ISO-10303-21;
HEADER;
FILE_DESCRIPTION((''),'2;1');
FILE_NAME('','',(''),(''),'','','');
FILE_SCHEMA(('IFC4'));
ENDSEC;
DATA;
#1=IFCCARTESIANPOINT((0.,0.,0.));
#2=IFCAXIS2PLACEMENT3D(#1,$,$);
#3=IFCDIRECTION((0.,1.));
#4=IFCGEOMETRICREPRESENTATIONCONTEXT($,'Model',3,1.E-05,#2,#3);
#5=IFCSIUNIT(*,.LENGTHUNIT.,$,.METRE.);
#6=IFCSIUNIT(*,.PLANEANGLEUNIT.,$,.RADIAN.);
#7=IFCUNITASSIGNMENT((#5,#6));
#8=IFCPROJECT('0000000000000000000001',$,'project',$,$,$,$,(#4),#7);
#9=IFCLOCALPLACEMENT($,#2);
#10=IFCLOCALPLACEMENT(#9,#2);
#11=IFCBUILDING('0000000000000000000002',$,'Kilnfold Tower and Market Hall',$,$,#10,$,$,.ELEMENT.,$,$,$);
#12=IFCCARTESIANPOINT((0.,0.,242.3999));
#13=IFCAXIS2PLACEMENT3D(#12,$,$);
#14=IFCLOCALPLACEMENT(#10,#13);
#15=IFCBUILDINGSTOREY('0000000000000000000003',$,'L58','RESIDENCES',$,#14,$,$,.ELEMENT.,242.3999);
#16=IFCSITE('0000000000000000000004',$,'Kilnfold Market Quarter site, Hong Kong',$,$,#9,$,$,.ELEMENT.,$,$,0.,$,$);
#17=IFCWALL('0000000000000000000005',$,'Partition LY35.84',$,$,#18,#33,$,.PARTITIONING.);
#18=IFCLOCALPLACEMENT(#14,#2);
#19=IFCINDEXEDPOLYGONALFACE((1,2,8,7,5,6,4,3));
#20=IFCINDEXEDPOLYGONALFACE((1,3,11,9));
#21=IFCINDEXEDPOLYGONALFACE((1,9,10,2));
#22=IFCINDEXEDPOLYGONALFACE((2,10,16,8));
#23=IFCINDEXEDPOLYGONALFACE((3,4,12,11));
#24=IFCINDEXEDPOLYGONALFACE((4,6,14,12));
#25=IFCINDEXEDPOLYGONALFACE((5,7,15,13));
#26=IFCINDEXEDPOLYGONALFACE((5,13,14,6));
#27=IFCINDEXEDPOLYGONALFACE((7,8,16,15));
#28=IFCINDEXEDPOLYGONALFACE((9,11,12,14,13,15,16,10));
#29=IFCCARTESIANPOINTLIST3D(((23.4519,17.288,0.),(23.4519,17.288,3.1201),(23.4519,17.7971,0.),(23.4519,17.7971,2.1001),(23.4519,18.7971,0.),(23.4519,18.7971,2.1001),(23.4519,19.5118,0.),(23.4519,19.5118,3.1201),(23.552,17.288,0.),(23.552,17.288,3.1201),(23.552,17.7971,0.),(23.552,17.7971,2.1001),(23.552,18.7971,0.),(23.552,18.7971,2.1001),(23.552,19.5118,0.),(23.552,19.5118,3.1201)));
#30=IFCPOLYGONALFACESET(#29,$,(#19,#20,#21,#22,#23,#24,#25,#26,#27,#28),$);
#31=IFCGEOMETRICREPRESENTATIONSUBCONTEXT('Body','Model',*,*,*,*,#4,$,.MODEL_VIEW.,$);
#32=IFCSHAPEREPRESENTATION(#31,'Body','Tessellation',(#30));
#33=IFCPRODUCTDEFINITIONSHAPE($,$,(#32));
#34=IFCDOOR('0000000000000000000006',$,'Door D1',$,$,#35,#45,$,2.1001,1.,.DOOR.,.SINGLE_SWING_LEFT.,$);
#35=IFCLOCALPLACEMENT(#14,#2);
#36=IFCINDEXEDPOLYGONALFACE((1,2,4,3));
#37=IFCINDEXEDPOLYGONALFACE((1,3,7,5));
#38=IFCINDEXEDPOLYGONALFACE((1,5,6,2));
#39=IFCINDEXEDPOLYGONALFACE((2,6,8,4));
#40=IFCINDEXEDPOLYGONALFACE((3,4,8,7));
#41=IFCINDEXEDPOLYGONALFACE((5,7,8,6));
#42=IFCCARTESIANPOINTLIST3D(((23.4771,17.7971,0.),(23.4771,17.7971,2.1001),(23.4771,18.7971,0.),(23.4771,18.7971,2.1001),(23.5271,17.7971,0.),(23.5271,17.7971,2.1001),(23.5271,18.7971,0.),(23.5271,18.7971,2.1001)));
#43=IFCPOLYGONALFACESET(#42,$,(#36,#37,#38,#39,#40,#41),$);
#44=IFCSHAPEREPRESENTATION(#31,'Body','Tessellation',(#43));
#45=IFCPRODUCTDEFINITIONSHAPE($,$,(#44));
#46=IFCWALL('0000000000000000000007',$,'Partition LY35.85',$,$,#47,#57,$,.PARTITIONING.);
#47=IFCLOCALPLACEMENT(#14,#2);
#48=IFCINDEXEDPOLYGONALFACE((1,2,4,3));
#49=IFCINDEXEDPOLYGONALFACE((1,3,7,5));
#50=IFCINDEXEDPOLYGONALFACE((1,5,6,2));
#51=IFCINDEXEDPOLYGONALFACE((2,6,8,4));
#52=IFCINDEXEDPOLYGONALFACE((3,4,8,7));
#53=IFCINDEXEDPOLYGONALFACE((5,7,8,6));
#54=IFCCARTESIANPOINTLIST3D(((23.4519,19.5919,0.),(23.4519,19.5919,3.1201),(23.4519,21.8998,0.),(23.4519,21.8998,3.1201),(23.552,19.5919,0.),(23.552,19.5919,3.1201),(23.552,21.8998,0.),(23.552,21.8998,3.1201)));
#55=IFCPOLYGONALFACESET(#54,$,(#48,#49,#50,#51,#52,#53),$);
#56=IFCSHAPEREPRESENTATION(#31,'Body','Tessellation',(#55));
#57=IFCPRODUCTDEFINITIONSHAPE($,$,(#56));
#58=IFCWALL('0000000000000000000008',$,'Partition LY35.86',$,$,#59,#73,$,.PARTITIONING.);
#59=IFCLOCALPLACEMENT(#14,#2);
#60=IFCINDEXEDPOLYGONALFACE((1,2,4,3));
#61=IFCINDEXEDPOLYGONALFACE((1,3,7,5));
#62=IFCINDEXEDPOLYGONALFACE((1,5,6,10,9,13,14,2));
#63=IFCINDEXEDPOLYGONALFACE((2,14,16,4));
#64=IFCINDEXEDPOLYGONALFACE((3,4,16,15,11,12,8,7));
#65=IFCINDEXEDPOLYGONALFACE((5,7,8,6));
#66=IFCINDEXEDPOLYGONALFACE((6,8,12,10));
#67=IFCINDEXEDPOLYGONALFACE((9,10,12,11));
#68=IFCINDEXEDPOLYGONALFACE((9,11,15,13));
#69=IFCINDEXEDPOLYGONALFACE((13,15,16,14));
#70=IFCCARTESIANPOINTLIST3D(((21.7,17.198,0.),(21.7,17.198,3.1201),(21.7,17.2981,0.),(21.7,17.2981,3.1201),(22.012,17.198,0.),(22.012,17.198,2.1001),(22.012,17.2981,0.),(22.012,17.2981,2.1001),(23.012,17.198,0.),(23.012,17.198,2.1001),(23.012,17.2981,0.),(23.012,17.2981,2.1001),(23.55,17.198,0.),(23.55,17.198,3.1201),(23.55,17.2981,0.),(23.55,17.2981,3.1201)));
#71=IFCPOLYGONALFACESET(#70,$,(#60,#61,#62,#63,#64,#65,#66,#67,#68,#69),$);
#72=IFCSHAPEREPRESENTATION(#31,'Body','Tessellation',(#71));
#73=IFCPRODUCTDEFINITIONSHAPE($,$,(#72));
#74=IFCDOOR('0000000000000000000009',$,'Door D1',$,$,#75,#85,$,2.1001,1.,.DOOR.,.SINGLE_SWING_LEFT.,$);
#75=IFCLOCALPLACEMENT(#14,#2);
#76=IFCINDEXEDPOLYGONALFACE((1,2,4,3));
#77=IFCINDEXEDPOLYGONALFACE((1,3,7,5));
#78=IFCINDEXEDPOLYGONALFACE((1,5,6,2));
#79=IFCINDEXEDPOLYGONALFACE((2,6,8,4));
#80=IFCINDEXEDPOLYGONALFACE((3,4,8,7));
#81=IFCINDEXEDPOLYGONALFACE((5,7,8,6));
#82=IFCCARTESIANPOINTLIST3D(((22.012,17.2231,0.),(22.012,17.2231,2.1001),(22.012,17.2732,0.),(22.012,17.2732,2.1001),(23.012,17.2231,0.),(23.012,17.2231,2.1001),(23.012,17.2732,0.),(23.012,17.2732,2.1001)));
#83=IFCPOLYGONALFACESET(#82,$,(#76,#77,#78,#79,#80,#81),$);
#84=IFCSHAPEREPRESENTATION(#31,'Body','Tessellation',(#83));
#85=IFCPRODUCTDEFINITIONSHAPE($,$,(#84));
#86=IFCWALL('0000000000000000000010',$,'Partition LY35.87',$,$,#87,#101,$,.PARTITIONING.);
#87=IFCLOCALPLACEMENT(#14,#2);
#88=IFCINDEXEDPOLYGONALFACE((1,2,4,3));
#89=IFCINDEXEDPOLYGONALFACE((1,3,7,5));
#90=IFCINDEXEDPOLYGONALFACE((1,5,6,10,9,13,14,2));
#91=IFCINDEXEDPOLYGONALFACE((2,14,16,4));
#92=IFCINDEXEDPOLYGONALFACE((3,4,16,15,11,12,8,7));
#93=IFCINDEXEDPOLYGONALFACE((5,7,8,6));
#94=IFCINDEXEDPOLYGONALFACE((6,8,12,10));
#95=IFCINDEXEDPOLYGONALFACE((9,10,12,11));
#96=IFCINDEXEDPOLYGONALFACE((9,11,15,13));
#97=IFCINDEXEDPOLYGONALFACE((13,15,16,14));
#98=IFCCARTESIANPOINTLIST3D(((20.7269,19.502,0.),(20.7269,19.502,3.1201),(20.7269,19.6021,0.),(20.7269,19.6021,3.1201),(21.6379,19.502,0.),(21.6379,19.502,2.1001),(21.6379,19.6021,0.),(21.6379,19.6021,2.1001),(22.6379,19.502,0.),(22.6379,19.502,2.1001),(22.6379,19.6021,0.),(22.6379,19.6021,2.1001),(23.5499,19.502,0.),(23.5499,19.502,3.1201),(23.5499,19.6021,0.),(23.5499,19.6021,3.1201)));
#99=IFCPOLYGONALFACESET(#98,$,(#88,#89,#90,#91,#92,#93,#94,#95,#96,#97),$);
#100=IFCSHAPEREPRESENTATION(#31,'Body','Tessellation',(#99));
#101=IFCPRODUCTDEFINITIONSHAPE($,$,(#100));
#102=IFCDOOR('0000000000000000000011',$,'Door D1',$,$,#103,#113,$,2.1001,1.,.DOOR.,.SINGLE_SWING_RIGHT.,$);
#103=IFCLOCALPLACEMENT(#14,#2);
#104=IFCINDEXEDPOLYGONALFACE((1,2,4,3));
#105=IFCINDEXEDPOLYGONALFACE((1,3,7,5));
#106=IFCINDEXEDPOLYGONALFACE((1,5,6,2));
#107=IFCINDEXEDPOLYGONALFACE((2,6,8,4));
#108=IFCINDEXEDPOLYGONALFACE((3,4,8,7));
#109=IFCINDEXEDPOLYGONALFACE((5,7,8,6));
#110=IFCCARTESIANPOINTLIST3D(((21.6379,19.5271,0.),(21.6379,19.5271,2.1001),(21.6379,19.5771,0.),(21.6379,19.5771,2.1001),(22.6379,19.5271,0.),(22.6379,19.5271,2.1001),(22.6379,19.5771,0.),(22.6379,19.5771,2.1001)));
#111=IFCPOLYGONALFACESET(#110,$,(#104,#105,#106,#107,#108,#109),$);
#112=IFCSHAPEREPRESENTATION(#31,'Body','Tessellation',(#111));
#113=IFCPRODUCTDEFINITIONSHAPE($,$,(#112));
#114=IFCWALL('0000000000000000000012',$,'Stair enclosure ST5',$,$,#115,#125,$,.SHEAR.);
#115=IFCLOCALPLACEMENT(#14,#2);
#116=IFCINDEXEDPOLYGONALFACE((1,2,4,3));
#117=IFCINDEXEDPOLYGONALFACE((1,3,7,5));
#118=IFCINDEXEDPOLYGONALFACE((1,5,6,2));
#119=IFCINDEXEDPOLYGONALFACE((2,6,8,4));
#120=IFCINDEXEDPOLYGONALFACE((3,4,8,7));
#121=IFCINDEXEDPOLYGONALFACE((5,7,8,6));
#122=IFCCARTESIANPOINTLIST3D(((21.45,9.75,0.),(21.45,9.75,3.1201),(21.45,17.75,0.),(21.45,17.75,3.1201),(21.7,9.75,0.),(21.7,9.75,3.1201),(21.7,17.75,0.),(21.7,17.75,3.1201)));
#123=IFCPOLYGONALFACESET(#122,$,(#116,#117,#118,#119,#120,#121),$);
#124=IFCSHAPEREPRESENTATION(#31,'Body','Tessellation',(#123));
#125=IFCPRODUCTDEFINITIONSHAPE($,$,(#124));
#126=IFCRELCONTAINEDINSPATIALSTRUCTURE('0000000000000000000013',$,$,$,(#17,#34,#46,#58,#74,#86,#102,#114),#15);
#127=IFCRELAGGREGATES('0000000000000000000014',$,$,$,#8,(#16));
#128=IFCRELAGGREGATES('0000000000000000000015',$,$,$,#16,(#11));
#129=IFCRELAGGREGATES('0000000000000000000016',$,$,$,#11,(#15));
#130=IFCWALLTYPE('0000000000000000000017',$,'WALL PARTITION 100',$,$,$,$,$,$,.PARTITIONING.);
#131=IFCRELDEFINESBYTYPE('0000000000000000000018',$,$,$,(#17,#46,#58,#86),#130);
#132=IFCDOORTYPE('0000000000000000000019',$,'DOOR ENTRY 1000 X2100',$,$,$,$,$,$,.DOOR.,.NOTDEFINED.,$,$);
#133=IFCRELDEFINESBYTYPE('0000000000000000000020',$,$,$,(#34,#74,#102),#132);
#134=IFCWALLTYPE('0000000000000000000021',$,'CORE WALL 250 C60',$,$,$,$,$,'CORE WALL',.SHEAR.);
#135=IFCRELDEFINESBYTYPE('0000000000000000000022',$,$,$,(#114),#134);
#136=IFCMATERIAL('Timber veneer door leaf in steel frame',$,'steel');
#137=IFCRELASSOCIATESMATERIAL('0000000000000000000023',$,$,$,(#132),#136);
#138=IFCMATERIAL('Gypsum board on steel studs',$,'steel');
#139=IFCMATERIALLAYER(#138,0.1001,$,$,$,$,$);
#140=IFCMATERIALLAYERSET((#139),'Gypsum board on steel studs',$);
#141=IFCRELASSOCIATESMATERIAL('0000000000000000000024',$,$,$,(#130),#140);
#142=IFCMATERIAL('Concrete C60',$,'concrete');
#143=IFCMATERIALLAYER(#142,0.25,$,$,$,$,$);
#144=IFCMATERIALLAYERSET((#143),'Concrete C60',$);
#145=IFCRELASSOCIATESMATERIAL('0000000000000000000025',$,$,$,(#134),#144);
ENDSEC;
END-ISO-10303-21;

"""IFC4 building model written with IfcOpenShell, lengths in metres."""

from ifc_helpers import new_model, si_unit, direction, frame, frame_2d, origin, place, context, subcontext, project, spatial, rectangle, extrude, source, transform, mapped, material, layer, layer_set, type_object, element, fill, save


model = new_model("IFC4")

# Units and contexts
model_context = context("Model", 3, precision=1e-05, world=origin(), true_north=direction((0.0, 1.0)))
body_context = subcontext(model_context, "Body", "Model", "MODEL_VIEW")
ifc_project = project(units=[si_unit("LENGTHUNIT", "METRE"), si_unit("PLANEANGLEUNIT", "RADIAN")], contexts=[model_context])

# Site, building, storey
site_placement = place(None, origin())
site = spatial("IfcSite", under=ifc_project, at=site_placement, Name="Kilnfold Market Quarter site, Hong Kong", CompositionType="ELEMENT", RefElevation=0.0)
building_placement = place(site_placement, origin())
building = spatial("IfcBuilding", under=site, at=building_placement, Name="Kilnfold Tower and Market Hall", CompositionType="ELEMENT")
storey_placement = place(building_placement, frame((0.0, 0.0, 242.3999)))
storey = spatial("IfcBuildingStorey", under=building, at=storey_placement, Name="L58", Description="RESIDENCES", CompositionType="ELEMENT", Elevation=242.3999)

# Shared definitions
ifc_material_1 = material(Name="Timber veneer door leaf in steel frame", Category="steel")
door_type_1 = type_object("IfcDoorType", Name="DOOR ENTRY 1000 X2100", OperationType="NOTDEFINED", PredefinedType="DOOR", material=ifc_material_1)

# Shared definitions
ifc_material_2 = material(Name="Gypsum board on steel studs", Category="steel")
ifc_layer_1 = layer(ifc_material_2, 0.1001)
ifc_layer_set_1 = layer_set([ifc_layer_1], Name="Gypsum board on steel studs")
wall_type_1 = type_object("IfcWallType", Name="WALL PARTITION 100", PredefinedType="PARTITIONING", material=ifc_layer_set_1)

# Wall, opening, door
wall_1_placement = place(storey_placement, frame((23.502, 17.2881, 0.0), z_axis=(0.0, 0.0, 1.0), x_axis=(0.0, 1.0, 0.0)))
wall_1 = element("IfcWall", 1, at=wall_1_placement, inside=storey, type_object=wall_type_1, Name="Partition LY35.84", PredefinedType="PARTITIONING", context=body_context, shape_type="SweptSolid", body=[
    extrude(rectangle(XDim=2.2239, YDim=0.1001, at=frame_2d((1.1118, 0.0))), origin(), (0.0, 0.0, 1.0), 3.1201),
])
opening_1_placement = place(wall_1_placement, frame((0.509, 0.0, 0.0)))
opening_1 = element("IfcOpeningElement", 2, at=opening_1_placement, cuts=wall_1, PredefinedType="OPENING", context=body_context, shape_type="SweptSolid", body=[
    extrude(rectangle(XDim=1.0, YDim=2.1001, at=frame_2d((0.5, 1.05))), frame((0.0, 0.0601, 0.0), z_axis=(0.0, -1.0, 0.0), x_axis=(1.0, 0.0, 0.0)), (0.0, 0.0, 1.0), 0.1201),
])
door_1_placement = place(opening_1_placement, origin())
door_1 = element("IfcDoor", 3, at=door_1_placement, inside=storey, type_object=door_type_1, Name="Door D1", OperationType="SINGLE_SWING_LEFT", OverallHeight=2.1001, OverallWidth=1.0, PredefinedType="DOOR", context=body_context, shape_type="SweptSolid", body=[
    extrude(rectangle(XDim=1.0, YDim=2.1001, at=frame_2d((0.5, 1.05))), frame((0.0, 0.0249, 0.0), z_axis=(0.0, -1.0, 0.0), x_axis=(1.0, 0.0, 0.0)), (0.0, 0.0, 1.0), 0.05),
])
fill(opening_1, door_1)

# Wall
wall_2_placement = place(storey_placement, frame((23.502, 19.592, 0.0), z_axis=(0.0, 0.0, 1.0), x_axis=(0.0, 1.0, 0.0)))
element("IfcWall", 4, at=wall_2_placement, inside=storey, type_object=wall_type_1, Name="Partition LY35.85", PredefinedType="PARTITIONING", context=body_context, shape_type="SweptSolid", body=[
    extrude(rectangle(XDim=2.3079, YDim=0.1001, at=frame_2d((1.1538, 0.0))), origin(), (0.0, 0.0, 1.0), 3.1201),
])

# Walls, openings, doors
wall_3_placement = place(storey_placement, frame((23.55, 17.248, 0.0), z_axis=(0.0, 0.0, 1.0), x_axis=(-1.0, 0.0, 0.0)))
wall_3 = element("IfcWall", 5, at=wall_3_placement, inside=storey, type_object=wall_type_1, Name="Partition LY35.86", PredefinedType="PARTITIONING", context=body_context, shape_type="SweptSolid", body=[
    extrude(rectangle(XDim=1.8501, YDim=0.1001, at=frame_2d((0.925, 0.0))), origin(), (0.0, 0.0, 1.0), 3.1201),
])
opening_2_placement = place(wall_3_placement, frame((0.5381, 0.0, 0.0)))
opening_2 = element("IfcOpeningElement", 6, at=opening_2_placement, cuts=wall_3, PredefinedType="OPENING", context=body_context, shape_type="SweptSolid", body=[
    extrude(rectangle(XDim=1.0, YDim=2.1001, at=frame_2d((0.5, 1.05))), frame((0.0, 0.0601, 0.0), z_axis=(0.0, -1.0, 0.0), x_axis=(1.0, 0.0, 0.0)), (0.0, 0.0, 1.0), 0.1201),
])
door_2_placement = place(opening_2_placement, origin())
door_2 = element("IfcDoor", 7, at=door_2_placement, inside=storey, type_object=door_type_1, Name="Door D1", OperationType="SINGLE_SWING_LEFT", OverallHeight=2.1001, OverallWidth=1.0, PredefinedType="DOOR", context=body_context, shape_type="SweptSolid", body=[
    extrude(rectangle(XDim=1.0, YDim=2.1001, at=frame_2d((0.5, 1.05))), frame((0.0, 0.0249, 0.0), z_axis=(0.0, -1.0, 0.0), x_axis=(1.0, 0.0, 0.0)), (0.0, 0.0, 1.0), 0.05),
])
fill(opening_2, door_2)
wall_4_placement = place(storey_placement, frame((23.55, 19.552, 0.0), z_axis=(0.0, 0.0, 1.0), x_axis=(-1.0, 0.0, 0.0)))
wall_4 = element("IfcWall", 8, at=wall_4_placement, inside=storey, type_object=wall_type_1, Name="Partition LY35.87", PredefinedType="PARTITIONING", context=body_context, shape_type="SweptSolid", body=[
    extrude(rectangle(XDim=2.823, YDim=0.1001, at=frame_2d((1.4116, 0.0))), origin(), (0.0, 0.0, 1.0), 3.1201),
])
opening_3_placement = place(wall_4_placement, frame((0.9121, 0.0, 0.0)))
opening_3 = element("IfcOpeningElement", 9, at=opening_3_placement, cuts=wall_4, PredefinedType="OPENING", context=body_context, shape_type="SweptSolid", body=[
    extrude(rectangle(XDim=1.0, YDim=2.1001, at=frame_2d((0.5, 1.05))), frame((0.0, 0.0601, 0.0), z_axis=(0.0, -1.0, 0.0), x_axis=(1.0, 0.0, 0.0)), (0.0, 0.0, 1.0), 0.1201),
])
door_3_placement = place(opening_3_placement, origin())
door_3 = element("IfcDoor", 10, at=door_3_placement, inside=storey, type_object=door_type_1, Name="Door D1", OperationType="SINGLE_SWING_RIGHT", OverallHeight=2.1001, OverallWidth=1.0, PredefinedType="DOOR", context=body_context, shape_type="SweptSolid", body=[
    extrude(rectangle(XDim=1.0, YDim=2.1001, at=frame_2d((0.5, 1.05))), frame((0.0, 0.0249, 0.0), z_axis=(0.0, -1.0, 0.0), x_axis=(1.0, 0.0, 0.0)), (0.0, 0.0, 1.0), 0.05),
])
fill(opening_3, door_3)

# Wall
ifc_material_3 = material(Name="Concrete C60", Category="concrete")
ifc_layer_2 = layer(ifc_material_3, 0.25)
ifc_layer_set_2 = layer_set([ifc_layer_2], Name="Concrete C60")
wall_type_2 = type_object("IfcWallType", Name="CORE WALL 250 C60", ElementType="CORE WALL", PredefinedType="SHEAR", material=ifc_layer_set_2)
shared_shape_1 = source(origin(), body_context, "Body", "SweptSolid", [
    extrude(rectangle(XDim=8.0, YDim=0.25, at=frame_2d((4.0, 0.0))), origin(), (0.0, 0.0, 1.0), 3.1201),
])
wall_5_placement = place(storey_placement, frame((21.575, 9.75, 0.0), z_axis=(0.0, 0.0, 1.0), x_axis=(0.0, 1.0, 0.0)))
element("IfcWall", 11, at=wall_5_placement, inside=storey, type_object=wall_type_2, Name="Stair enclosure ST5", PredefinedType="SHEAR", context=body_context, shape_type="MappedRepresentation", body=[
    mapped(shared_shape_1, transform((0.0, 0.0, 0.0))),
])

save(model, "model.ifc")
